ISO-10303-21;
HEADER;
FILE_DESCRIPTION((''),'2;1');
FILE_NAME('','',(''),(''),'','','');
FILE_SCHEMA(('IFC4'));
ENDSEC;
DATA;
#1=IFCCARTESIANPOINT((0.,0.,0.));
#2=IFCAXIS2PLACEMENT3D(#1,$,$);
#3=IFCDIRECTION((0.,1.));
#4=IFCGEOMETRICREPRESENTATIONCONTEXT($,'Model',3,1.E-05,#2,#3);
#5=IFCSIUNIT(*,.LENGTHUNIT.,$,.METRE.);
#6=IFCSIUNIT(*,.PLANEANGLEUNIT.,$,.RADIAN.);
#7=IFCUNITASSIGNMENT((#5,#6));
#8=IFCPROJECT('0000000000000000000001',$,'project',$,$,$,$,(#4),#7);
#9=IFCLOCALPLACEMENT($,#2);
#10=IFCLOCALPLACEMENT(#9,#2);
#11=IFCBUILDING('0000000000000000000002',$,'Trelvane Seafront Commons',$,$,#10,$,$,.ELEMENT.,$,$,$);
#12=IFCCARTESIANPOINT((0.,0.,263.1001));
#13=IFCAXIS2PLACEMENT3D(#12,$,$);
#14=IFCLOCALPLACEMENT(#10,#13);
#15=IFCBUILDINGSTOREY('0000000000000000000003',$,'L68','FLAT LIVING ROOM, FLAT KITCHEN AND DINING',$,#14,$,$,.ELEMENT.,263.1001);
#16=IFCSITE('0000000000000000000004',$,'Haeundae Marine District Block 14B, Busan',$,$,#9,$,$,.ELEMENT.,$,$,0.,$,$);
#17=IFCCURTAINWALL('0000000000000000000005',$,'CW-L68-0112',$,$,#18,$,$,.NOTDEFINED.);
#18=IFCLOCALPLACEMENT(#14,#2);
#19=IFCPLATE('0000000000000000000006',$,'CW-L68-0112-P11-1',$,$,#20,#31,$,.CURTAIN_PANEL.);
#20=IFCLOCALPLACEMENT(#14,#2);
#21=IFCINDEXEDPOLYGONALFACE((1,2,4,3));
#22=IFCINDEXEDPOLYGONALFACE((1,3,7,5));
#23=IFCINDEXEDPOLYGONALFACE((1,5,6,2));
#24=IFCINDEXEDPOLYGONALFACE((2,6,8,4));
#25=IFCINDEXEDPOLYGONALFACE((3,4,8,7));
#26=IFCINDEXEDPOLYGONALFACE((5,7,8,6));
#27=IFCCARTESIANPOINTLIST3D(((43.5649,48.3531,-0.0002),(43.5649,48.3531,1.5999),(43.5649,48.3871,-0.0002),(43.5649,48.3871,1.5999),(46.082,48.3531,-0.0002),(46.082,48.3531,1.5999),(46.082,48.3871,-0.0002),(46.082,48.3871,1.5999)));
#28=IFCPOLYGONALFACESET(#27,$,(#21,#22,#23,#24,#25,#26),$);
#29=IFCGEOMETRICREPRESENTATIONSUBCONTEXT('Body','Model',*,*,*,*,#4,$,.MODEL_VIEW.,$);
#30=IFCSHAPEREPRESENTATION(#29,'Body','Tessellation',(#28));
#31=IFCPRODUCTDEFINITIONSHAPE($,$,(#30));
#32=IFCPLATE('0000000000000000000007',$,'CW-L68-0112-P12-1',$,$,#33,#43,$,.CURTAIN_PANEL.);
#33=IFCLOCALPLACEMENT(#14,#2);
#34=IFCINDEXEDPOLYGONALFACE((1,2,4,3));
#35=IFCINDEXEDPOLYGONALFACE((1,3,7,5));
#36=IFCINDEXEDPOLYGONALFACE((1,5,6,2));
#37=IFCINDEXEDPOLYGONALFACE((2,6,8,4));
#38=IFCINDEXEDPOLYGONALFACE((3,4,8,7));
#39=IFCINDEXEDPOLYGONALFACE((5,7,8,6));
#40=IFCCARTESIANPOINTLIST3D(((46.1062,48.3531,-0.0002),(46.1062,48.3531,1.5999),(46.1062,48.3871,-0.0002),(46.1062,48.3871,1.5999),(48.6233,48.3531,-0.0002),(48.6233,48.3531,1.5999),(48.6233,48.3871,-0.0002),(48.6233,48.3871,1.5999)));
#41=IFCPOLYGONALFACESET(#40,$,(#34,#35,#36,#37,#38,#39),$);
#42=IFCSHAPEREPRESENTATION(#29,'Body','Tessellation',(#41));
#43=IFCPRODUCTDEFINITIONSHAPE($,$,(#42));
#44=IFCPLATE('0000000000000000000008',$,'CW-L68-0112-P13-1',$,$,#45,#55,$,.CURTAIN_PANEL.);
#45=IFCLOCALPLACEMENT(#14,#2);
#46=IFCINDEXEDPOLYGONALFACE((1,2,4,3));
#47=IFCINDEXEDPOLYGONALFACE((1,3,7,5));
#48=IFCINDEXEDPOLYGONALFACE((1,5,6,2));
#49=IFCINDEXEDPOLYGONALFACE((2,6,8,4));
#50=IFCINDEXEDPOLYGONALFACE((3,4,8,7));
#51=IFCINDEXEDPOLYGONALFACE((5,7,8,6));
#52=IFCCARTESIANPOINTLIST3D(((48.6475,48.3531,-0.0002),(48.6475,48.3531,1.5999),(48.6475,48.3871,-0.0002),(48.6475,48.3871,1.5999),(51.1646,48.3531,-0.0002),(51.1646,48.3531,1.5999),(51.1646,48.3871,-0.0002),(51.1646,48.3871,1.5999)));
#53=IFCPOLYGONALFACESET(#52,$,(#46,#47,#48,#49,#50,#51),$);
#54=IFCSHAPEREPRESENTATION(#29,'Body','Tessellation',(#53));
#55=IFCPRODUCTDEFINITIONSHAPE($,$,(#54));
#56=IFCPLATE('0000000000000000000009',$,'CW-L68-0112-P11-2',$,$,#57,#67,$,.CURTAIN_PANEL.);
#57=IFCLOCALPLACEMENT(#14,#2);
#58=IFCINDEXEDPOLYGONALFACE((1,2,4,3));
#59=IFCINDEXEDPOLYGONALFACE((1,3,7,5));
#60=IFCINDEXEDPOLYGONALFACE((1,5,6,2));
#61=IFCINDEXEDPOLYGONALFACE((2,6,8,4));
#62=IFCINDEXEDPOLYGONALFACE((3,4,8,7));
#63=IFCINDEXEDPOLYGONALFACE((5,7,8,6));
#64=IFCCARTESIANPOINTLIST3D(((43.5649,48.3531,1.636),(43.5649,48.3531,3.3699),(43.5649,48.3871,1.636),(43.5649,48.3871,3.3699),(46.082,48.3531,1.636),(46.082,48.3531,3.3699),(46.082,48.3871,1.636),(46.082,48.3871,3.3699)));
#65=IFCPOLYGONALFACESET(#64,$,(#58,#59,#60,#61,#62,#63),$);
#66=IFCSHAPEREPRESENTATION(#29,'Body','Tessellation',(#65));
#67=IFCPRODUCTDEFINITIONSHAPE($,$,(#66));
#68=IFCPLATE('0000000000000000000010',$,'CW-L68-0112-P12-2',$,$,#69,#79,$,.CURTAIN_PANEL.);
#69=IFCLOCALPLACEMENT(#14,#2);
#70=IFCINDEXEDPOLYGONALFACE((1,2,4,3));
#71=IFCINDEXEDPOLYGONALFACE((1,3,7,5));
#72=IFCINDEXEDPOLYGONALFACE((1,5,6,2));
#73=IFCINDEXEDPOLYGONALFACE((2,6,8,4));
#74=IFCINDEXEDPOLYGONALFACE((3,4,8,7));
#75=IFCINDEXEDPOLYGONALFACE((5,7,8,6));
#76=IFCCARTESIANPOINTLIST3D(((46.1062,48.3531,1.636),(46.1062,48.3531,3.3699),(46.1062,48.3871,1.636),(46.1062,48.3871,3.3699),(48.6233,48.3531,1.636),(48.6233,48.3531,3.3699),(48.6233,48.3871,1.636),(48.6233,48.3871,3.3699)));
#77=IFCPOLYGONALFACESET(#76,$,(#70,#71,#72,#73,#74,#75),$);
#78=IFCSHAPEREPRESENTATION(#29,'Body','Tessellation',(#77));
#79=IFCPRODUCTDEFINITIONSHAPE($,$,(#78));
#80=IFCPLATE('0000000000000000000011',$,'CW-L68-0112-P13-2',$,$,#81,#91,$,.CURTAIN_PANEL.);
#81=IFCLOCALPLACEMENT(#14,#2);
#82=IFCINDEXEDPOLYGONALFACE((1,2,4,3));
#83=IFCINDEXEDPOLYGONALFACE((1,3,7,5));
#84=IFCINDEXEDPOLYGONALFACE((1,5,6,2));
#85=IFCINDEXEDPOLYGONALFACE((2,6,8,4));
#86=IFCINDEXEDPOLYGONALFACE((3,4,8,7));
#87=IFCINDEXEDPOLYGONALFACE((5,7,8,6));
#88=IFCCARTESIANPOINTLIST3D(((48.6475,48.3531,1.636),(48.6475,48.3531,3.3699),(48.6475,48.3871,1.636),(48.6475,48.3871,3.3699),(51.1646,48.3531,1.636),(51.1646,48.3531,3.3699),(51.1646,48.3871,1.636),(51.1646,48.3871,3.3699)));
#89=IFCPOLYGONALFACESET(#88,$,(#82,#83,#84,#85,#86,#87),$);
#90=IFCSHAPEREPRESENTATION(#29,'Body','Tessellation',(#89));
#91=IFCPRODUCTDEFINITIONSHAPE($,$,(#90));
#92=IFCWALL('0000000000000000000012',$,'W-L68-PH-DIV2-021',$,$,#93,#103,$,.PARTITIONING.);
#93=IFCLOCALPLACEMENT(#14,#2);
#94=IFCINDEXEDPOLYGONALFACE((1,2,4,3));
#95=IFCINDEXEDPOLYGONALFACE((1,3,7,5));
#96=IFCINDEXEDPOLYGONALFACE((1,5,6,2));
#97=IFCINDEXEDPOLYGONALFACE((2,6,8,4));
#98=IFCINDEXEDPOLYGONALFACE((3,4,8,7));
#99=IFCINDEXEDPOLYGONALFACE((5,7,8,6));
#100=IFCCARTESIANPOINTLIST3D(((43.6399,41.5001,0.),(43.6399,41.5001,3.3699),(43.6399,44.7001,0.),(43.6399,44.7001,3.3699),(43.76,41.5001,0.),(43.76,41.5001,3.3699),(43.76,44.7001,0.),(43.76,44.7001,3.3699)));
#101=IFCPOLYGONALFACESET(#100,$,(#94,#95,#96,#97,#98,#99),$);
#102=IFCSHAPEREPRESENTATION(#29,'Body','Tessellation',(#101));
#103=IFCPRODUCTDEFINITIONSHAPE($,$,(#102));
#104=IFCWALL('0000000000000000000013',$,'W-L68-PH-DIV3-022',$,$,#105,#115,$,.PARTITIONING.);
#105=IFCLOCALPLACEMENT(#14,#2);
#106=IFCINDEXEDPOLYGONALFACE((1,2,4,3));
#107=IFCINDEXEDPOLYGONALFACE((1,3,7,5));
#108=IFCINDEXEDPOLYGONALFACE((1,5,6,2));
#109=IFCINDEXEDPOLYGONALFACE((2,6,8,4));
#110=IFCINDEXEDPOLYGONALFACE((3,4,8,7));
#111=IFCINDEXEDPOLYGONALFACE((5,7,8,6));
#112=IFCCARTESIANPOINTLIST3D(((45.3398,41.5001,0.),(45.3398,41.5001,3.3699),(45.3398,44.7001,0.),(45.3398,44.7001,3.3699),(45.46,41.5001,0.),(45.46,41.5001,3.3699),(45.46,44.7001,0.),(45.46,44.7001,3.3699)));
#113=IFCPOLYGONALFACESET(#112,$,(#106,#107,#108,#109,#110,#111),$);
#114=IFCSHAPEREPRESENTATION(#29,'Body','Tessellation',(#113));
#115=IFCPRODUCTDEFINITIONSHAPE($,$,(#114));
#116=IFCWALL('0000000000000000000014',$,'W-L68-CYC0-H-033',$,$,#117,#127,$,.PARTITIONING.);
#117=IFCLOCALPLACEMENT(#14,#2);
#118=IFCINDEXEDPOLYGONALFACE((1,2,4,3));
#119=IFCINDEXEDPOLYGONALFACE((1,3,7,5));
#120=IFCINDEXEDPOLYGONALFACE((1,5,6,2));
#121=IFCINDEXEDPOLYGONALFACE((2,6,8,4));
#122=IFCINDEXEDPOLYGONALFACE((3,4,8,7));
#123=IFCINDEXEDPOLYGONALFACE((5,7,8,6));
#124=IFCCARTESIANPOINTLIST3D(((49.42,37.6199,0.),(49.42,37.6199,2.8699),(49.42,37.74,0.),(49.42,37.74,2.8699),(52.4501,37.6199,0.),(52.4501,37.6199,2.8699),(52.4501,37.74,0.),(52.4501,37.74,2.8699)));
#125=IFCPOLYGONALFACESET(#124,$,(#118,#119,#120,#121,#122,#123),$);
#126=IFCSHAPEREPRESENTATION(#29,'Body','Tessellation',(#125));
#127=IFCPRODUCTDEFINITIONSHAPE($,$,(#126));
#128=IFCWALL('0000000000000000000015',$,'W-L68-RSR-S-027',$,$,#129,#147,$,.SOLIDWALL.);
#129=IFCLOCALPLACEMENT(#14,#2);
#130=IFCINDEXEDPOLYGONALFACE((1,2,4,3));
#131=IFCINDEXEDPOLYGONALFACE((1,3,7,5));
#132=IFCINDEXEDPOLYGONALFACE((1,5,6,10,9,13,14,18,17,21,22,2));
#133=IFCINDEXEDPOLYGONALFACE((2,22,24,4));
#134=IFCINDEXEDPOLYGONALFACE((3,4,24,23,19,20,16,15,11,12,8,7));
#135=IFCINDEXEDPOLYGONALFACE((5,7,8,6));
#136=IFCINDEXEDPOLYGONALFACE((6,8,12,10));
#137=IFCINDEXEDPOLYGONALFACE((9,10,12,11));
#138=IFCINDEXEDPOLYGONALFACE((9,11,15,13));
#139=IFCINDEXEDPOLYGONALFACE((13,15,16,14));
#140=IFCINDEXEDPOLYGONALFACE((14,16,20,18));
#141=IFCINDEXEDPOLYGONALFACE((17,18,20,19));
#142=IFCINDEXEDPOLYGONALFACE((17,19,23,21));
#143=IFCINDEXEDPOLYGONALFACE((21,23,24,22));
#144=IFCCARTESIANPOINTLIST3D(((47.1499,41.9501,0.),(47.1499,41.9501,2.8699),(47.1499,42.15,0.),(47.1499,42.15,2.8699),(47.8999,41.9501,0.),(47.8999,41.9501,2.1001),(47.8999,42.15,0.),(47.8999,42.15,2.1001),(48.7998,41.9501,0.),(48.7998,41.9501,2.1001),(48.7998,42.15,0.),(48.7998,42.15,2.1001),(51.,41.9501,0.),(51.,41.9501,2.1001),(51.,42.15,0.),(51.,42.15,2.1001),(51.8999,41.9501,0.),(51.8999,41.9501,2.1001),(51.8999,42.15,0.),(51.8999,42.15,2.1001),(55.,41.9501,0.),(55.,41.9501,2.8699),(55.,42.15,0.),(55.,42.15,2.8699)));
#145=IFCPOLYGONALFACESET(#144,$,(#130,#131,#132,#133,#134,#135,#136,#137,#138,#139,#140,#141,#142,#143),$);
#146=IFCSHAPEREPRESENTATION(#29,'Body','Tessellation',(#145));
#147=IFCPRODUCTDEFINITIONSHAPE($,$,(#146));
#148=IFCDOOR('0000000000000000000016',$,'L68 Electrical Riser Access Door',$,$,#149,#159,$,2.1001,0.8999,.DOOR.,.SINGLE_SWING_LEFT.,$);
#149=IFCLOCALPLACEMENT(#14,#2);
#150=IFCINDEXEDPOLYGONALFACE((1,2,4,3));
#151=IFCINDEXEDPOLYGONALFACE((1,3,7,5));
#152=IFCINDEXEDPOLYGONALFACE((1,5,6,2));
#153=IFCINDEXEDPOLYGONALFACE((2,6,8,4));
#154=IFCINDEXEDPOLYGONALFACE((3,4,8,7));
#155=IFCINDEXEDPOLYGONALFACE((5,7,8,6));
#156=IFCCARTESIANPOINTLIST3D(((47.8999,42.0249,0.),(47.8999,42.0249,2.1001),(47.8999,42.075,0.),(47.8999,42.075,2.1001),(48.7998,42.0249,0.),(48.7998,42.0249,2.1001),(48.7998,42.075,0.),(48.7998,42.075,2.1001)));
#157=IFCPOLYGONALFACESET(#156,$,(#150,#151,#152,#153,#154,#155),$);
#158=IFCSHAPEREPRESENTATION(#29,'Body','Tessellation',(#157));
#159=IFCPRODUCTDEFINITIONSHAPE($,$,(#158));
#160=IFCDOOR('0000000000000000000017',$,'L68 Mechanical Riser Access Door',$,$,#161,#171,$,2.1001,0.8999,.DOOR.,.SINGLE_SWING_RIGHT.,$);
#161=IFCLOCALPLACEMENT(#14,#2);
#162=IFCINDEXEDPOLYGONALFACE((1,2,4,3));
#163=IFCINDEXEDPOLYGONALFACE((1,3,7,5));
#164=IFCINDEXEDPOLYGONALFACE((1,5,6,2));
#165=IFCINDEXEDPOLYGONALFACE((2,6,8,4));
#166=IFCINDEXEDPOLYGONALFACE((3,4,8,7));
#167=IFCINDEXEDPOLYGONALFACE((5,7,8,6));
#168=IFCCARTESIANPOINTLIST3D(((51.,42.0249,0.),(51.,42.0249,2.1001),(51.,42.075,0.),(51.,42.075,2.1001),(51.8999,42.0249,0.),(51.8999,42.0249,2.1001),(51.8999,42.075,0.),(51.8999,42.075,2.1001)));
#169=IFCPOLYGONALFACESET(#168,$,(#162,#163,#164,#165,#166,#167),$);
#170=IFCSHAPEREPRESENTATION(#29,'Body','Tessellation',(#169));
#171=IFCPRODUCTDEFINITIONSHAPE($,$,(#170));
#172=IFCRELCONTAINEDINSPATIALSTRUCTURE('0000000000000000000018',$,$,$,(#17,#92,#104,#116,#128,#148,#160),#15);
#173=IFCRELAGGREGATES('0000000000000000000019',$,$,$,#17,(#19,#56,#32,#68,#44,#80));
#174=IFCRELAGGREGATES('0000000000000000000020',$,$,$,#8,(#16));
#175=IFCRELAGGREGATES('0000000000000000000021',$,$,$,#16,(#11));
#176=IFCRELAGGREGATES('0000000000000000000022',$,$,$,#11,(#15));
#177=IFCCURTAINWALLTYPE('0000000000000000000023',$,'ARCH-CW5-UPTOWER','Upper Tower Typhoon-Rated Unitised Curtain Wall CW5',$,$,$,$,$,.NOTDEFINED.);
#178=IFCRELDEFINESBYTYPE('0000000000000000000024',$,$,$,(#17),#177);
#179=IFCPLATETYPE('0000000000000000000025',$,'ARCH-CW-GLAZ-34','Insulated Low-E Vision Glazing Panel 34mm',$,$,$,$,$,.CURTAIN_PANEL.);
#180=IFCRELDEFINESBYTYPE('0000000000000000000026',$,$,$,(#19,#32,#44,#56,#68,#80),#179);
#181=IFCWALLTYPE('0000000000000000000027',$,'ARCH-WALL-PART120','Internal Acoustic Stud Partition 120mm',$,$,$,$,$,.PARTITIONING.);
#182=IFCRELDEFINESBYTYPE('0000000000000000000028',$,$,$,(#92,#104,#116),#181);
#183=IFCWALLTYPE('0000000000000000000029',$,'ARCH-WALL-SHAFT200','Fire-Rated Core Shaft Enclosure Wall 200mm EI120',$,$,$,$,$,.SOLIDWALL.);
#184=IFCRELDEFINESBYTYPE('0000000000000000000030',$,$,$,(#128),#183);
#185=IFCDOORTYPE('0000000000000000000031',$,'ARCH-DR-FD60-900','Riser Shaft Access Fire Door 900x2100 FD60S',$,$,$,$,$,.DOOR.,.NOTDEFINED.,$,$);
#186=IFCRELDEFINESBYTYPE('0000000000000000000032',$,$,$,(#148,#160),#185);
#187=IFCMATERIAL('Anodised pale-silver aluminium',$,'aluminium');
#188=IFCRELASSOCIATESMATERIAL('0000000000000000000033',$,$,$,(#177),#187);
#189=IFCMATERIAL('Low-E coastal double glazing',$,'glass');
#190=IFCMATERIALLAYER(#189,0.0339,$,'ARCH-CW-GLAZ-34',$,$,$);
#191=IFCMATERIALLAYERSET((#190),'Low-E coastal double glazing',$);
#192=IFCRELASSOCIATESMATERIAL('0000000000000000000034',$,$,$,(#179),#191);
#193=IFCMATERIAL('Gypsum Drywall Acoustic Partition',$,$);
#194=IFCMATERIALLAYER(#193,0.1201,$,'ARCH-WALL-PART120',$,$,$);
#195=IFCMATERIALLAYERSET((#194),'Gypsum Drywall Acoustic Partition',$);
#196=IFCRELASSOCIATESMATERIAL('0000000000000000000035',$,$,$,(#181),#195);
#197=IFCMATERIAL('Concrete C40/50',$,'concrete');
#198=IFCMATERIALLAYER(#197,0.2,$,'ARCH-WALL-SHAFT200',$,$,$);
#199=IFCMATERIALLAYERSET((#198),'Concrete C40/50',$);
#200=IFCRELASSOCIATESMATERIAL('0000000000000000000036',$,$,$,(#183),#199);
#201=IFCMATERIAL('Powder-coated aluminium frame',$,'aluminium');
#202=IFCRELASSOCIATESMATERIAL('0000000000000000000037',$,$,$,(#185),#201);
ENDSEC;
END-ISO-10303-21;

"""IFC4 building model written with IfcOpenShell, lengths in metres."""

from ifc_helpers import new_model, si_unit, direction, frame, frame_2d, origin, origin_2d, place, context, subcontext, project, spatial, rectangle, extrude, source, transform, mapped, material, layer, layer_set, type_object, element, fill, aggregate, save


model = new_model("IFC4")

# Units and contexts
model_context = context("Model", 3, precision=1e-05, world=origin(), true_north=direction((0.0, 1.0)))
body_context = subcontext(model_context, "Body", "Model", "MODEL_VIEW")
ifc_project = project(units=[si_unit("LENGTHUNIT", "METRE"), si_unit("PLANEANGLEUNIT", "RADIAN")], contexts=[model_context])

# Site, building, storey
site_placement = place(None, origin())
site = spatial("IfcSite", under=ifc_project, at=site_placement, Name="Haeundae Marine District Block 14B, Busan", CompositionType="ELEMENT", RefElevation=0.0)
building_placement = place(site_placement, origin())
building = spatial("IfcBuilding", under=site, at=building_placement, Name="Trelvane Seafront Commons", CompositionType="ELEMENT")
storey_placement = place(building_placement, frame((0.0, 0.0, 263.1001)))
storey = spatial("IfcBuildingStorey", under=building, at=storey_placement, Name="L68", Description="FLAT LIVING ROOM, FLAT KITCHEN AND DINING", CompositionType="ELEMENT", Elevation=263.1001)

# Curtain wall
ifc_material_1 = material(Name="Anodised pale-silver aluminium", Category="aluminium")
curtain_wall_type = type_object("IfcCurtainWallType", Name="ARCH-CW5-UPTOWER", Description="Upper Tower Typhoon-Rated Unitised Curtain Wall CW5", PredefinedType="NOTDEFINED", material=ifc_material_1)
curtain_wall_placement = place(storey_placement, origin())
curtain_wall = element("IfcCurtainWall", 1, at=curtain_wall_placement, inside=storey, type_object=curtain_wall_type, Name="CW-L68-0112", PredefinedType="NOTDEFINED")

# Plates
ifc_material_2 = material(Name="Low-E coastal double glazing", Category="glass")
ifc_layer_1 = layer(ifc_material_2, 0.0339, Name="ARCH-CW-GLAZ-34")
ifc_layer_set_1 = layer_set([ifc_layer_1], Name="Low-E coastal double glazing")
plate_type_1 = type_object("IfcPlateType", Name="ARCH-CW-GLAZ-34", Description="Insulated Low-E Vision Glazing Panel 34mm", PredefinedType="CURTAIN_PANEL", material=ifc_layer_set_1)
shared_shape_1 = source(origin(), body_context, "Body", "SweptSolid", [
    extrude(rectangle(XDim=2.5171, YDim=0.0339, at=origin_2d()), origin(), (0.0, 0.0, 1.0), 1.6001),
])
plate_1_placement = place(storey_placement, frame((44.8235, 48.3701, -0.0002), z_axis=(0.0, 0.0, 1.0), x_axis=(1.0, 0.0, 0.0)))
plate_1 = element("IfcPlate", 2, at=plate_1_placement, type_object=plate_type_1, Name="CW-L68-0112-P11-1", PredefinedType="CURTAIN_PANEL", context=body_context, shape_type="MappedRepresentation", body=[
    mapped(shared_shape_1, transform((0.0, 0.0, 0.0), x_axis=(1.0, 0.0, 0.0), y_axis=(0.0, 1.0, 0.0), z_axis=(0.0, 0.0, 1.0), scale=1.0)),
])
plate_2_placement = place(storey_placement, frame((47.3647, 48.3701, -0.0002), z_axis=(0.0, 0.0, 1.0), x_axis=(1.0, 0.0, 0.0)))
plate_2 = element("IfcPlate", 3, at=plate_2_placement, type_object=plate_type_1, Name="CW-L68-0112-P12-1", PredefinedType="CURTAIN_PANEL", context=body_context, shape_type="MappedRepresentation", body=[
    mapped(shared_shape_1, transform((0.0, 0.0, 0.0), x_axis=(1.0, 0.0, 0.0), y_axis=(0.0, 1.0, 0.0), z_axis=(0.0, 0.0, 1.0), scale=1.0)),
])
plate_3_placement = place(storey_placement, frame((49.906, 48.3701, -0.0002), z_axis=(0.0, 0.0, 1.0), x_axis=(1.0, 0.0, 0.0)))
plate_3 = element("IfcPlate", 4, at=plate_3_placement, type_object=plate_type_1, Name="CW-L68-0112-P13-1", PredefinedType="CURTAIN_PANEL", context=body_context, shape_type="MappedRepresentation", body=[
    mapped(shared_shape_1, transform((0.0, 0.0, 0.0), x_axis=(1.0, 0.0, 0.0), y_axis=(0.0, 1.0, 0.0), z_axis=(0.0, 0.0, 1.0), scale=1.0)),
])
shared_shape_2 = source(origin(), body_context, "Body", "SweptSolid", [
    extrude(rectangle(XDim=2.5171, YDim=0.0339, at=origin_2d()), origin(), (0.0, 0.0, 1.0), 1.7339),
])
plate_4_placement = place(storey_placement, frame((44.8235, 48.3701, 1.636), z_axis=(0.0, 0.0, 1.0), x_axis=(1.0, 0.0, 0.0)))
plate_4 = element("IfcPlate", 5, at=plate_4_placement, type_object=plate_type_1, Name="CW-L68-0112-P11-2", PredefinedType="CURTAIN_PANEL", context=body_context, shape_type="MappedRepresentation", body=[
    mapped(shared_shape_2, transform((0.0, 0.0, 0.0), x_axis=(1.0, 0.0, 0.0), y_axis=(0.0, 1.0, 0.0), z_axis=(0.0, 0.0, 1.0), scale=1.0)),
])
plate_5_placement = place(storey_placement, frame((47.3647, 48.3701, 1.636), z_axis=(0.0, 0.0, 1.0), x_axis=(1.0, 0.0, 0.0)))
plate_5 = element("IfcPlate", 6, at=plate_5_placement, type_object=plate_type_1, Name="CW-L68-0112-P12-2", PredefinedType="CURTAIN_PANEL", context=body_context, shape_type="MappedRepresentation", body=[
    mapped(shared_shape_2, transform((0.0, 0.0, 0.0), x_axis=(1.0, 0.0, 0.0), y_axis=(0.0, 1.0, 0.0), z_axis=(0.0, 0.0, 1.0), scale=1.0)),
])
plate_6_placement = place(storey_placement, frame((49.906, 48.3701, 1.636), z_axis=(0.0, 0.0, 1.0), x_axis=(1.0, 0.0, 0.0)))
plate_6 = element("IfcPlate", 7, at=plate_6_placement, type_object=plate_type_1, Name="CW-L68-0112-P13-2", PredefinedType="CURTAIN_PANEL", context=body_context, shape_type="MappedRepresentation", body=[
    mapped(shared_shape_2, transform((0.0, 0.0, 0.0), x_axis=(1.0, 0.0, 0.0), y_axis=(0.0, 1.0, 0.0), z_axis=(0.0, 0.0, 1.0), scale=1.0)),
])
aggregate(curtain_wall, [plate_1, plate_4, plate_2, plate_5, plate_3, plate_6])

# Walls
ifc_material_3 = material(Name="Gypsum Drywall Acoustic Partition")
ifc_layer_2 = layer(ifc_material_3, 0.1201, Name="ARCH-WALL-PART120")
ifc_layer_set_2 = layer_set([ifc_layer_2], Name="Gypsum Drywall Acoustic Partition")
wall_type_1 = type_object("IfcWallType", Name="ARCH-WALL-PART120", Description="Internal Acoustic Stud Partition 120mm", PredefinedType="PARTITIONING", material=ifc_layer_set_2)
for number, where, z_axis, x_axis, name in (
    (8, (43.7, 41.5, 0.0), (0.0, 0.0, 1.0), (0.0, 1.0, 0.0), "W-L68-PH-DIV2-021"),
    (9, (45.3999, 41.5, 0.0), (0.0, 0.0, 1.0), (0.0, 1.0, 0.0), "W-L68-PH-DIV3-022"),
):
    element("IfcWall", number, at=place(storey_placement, frame(where, z_axis=z_axis, x_axis=x_axis)), inside=storey, type_object=wall_type_1, Name=name, PredefinedType="PARTITIONING", context=body_context, shape_type="SweptSolid", body=[
        extrude(rectangle(XDim=3.2, YDim=0.1201, at=frame_2d((1.6001, 0.0))), origin(), (0.0, 0.0, 1.0), 3.3699),
    ])
wall_1_placement = place(storey_placement, frame((49.4199, 37.6799, 0.0), z_axis=(0.0, 0.0, 1.0), x_axis=(1.0, 0.0, 0.0)))
element("IfcWall", 10, at=wall_1_placement, inside=storey, type_object=wall_type_1, Name="W-L68-CYC0-H-033", PredefinedType="PARTITIONING", context=body_context, shape_type="SweptSolid", body=[
    extrude(rectangle(XDim=3.03, YDim=0.1201, at=frame_2d((1.5151, 0.0))), origin(), (0.0, 0.0, 1.0), 2.8699),
])

# Wall, openings, doors
ifc_material_4 = material(Name="Concrete C40/50", Category="concrete")
ifc_layer_3 = layer(ifc_material_4, 0.2, Name="ARCH-WALL-SHAFT200")
ifc_layer_set_3 = layer_set([ifc_layer_3], Name="Concrete C40/50")
wall_type_2 = type_object("IfcWallType", Name="ARCH-WALL-SHAFT200", Description="Fire-Rated Core Shaft Enclosure Wall 200mm EI120", PredefinedType="SOLIDWALL", material=ifc_layer_set_3)
wall_2_placement = place(storey_placement, frame((47.1499, 42.05, 0.0), z_axis=(0.0, 0.0, 1.0), x_axis=(1.0, 0.0, 0.0)))
wall_2 = element("IfcWall", 11, at=wall_2_placement, inside=storey, type_object=wall_type_2, Name="W-L68-RSR-S-027", PredefinedType="SOLIDWALL", context=body_context, shape_type="SweptSolid", body=[
    extrude(rectangle(XDim=7.8501, YDim=0.2, at=frame_2d((3.925, 0.0))), origin(), (0.0, 0.0, 1.0), 2.8699),
])
opening_1_placement = place(wall_2_placement, frame((0.75, 0.0, 0.0)))
opening_1 = element("IfcOpeningElement", 12, at=opening_1_placement, cuts=wall_2, PredefinedType="OPENING", context=body_context, shape_type="SweptSolid", body=[
    extrude(rectangle(XDim=0.8999, YDim=2.1001, at=frame_2d((0.45, 1.05))), frame((0.0, 0.1099, 0.0), z_axis=(0.0, -1.0, 0.0), x_axis=(1.0, 0.0, 0.0)), (0.0, 0.0, 1.0), 0.22),
])
opening_2_placement = place(wall_2_placement, frame((3.8501, 0.0, 0.0)))
opening_2 = element("IfcOpeningElement", 13, at=opening_2_placement, cuts=wall_2, PredefinedType="OPENING", context=body_context, shape_type="SweptSolid", body=[
    extrude(rectangle(XDim=0.8999, YDim=2.1001, at=frame_2d((0.45, 1.05))), frame((0.0, 0.1099, 0.0), z_axis=(0.0, -1.0, 0.0), x_axis=(1.0, 0.0, 0.0)), (0.0, 0.0, 1.0), 0.22),
])
ifc_material_5 = material(Name="Powder-coated aluminium frame", Category="aluminium")
door_type = type_object("IfcDoorType", Name="ARCH-DR-FD60-900", Description="Riser Shaft Access Fire Door 900x2100 FD60S", OperationType="NOTDEFINED", PredefinedType="DOOR", material=ifc_material_5)
shared_shape_3 = source(origin(), body_context, "Body", "SweptSolid", [
    extrude(rectangle(XDim=0.8999, YDim=2.1001, at=frame_2d((0.45, 1.05))), frame((0.0, 0.0249, 0.0), z_axis=(0.0, -1.0, 0.0), x_axis=(1.0, 0.0, 0.0)), (0.0, 0.0, 1.0), 0.05),
])
door_1_placement = place(opening_1_placement, origin())
door_1 = element("IfcDoor", 14, at=door_1_placement, inside=storey, type_object=door_type, Name="L68 Electrical Riser Access Door", OperationType="SINGLE_SWING_LEFT", OverallHeight=2.1001, OverallWidth=0.8999, PredefinedType="DOOR", context=body_context, shape_type="MappedRepresentation", body=[
    mapped(shared_shape_3, transform((0.0, 0.0, 0.0), x_axis=(1.0, 0.0, 0.0), y_axis=(0.0, 1.0, 0.0), z_axis=(0.0, 0.0, 1.0), scale=1.0)),
])
fill(opening_1, door_1)
door_2_placement = place(opening_2_placement, origin())
door_2 = element("IfcDoor", 15, at=door_2_placement, inside=storey, type_object=door_type, Name="L68 Mechanical Riser Access Door", OperationType="SINGLE_SWING_RIGHT", OverallHeight=2.1001, OverallWidth=0.8999, PredefinedType="DOOR", context=body_context, shape_type="MappedRepresentation", body=[
    mapped(shared_shape_3, transform((0.0, 0.0, 0.0), x_axis=(1.0, 0.0, 0.0), y_axis=(0.0, 1.0, 0.0), z_axis=(0.0, 0.0, 1.0), scale=1.0)),
])
fill(opening_2, door_2)

save(model, "model.ifc")
